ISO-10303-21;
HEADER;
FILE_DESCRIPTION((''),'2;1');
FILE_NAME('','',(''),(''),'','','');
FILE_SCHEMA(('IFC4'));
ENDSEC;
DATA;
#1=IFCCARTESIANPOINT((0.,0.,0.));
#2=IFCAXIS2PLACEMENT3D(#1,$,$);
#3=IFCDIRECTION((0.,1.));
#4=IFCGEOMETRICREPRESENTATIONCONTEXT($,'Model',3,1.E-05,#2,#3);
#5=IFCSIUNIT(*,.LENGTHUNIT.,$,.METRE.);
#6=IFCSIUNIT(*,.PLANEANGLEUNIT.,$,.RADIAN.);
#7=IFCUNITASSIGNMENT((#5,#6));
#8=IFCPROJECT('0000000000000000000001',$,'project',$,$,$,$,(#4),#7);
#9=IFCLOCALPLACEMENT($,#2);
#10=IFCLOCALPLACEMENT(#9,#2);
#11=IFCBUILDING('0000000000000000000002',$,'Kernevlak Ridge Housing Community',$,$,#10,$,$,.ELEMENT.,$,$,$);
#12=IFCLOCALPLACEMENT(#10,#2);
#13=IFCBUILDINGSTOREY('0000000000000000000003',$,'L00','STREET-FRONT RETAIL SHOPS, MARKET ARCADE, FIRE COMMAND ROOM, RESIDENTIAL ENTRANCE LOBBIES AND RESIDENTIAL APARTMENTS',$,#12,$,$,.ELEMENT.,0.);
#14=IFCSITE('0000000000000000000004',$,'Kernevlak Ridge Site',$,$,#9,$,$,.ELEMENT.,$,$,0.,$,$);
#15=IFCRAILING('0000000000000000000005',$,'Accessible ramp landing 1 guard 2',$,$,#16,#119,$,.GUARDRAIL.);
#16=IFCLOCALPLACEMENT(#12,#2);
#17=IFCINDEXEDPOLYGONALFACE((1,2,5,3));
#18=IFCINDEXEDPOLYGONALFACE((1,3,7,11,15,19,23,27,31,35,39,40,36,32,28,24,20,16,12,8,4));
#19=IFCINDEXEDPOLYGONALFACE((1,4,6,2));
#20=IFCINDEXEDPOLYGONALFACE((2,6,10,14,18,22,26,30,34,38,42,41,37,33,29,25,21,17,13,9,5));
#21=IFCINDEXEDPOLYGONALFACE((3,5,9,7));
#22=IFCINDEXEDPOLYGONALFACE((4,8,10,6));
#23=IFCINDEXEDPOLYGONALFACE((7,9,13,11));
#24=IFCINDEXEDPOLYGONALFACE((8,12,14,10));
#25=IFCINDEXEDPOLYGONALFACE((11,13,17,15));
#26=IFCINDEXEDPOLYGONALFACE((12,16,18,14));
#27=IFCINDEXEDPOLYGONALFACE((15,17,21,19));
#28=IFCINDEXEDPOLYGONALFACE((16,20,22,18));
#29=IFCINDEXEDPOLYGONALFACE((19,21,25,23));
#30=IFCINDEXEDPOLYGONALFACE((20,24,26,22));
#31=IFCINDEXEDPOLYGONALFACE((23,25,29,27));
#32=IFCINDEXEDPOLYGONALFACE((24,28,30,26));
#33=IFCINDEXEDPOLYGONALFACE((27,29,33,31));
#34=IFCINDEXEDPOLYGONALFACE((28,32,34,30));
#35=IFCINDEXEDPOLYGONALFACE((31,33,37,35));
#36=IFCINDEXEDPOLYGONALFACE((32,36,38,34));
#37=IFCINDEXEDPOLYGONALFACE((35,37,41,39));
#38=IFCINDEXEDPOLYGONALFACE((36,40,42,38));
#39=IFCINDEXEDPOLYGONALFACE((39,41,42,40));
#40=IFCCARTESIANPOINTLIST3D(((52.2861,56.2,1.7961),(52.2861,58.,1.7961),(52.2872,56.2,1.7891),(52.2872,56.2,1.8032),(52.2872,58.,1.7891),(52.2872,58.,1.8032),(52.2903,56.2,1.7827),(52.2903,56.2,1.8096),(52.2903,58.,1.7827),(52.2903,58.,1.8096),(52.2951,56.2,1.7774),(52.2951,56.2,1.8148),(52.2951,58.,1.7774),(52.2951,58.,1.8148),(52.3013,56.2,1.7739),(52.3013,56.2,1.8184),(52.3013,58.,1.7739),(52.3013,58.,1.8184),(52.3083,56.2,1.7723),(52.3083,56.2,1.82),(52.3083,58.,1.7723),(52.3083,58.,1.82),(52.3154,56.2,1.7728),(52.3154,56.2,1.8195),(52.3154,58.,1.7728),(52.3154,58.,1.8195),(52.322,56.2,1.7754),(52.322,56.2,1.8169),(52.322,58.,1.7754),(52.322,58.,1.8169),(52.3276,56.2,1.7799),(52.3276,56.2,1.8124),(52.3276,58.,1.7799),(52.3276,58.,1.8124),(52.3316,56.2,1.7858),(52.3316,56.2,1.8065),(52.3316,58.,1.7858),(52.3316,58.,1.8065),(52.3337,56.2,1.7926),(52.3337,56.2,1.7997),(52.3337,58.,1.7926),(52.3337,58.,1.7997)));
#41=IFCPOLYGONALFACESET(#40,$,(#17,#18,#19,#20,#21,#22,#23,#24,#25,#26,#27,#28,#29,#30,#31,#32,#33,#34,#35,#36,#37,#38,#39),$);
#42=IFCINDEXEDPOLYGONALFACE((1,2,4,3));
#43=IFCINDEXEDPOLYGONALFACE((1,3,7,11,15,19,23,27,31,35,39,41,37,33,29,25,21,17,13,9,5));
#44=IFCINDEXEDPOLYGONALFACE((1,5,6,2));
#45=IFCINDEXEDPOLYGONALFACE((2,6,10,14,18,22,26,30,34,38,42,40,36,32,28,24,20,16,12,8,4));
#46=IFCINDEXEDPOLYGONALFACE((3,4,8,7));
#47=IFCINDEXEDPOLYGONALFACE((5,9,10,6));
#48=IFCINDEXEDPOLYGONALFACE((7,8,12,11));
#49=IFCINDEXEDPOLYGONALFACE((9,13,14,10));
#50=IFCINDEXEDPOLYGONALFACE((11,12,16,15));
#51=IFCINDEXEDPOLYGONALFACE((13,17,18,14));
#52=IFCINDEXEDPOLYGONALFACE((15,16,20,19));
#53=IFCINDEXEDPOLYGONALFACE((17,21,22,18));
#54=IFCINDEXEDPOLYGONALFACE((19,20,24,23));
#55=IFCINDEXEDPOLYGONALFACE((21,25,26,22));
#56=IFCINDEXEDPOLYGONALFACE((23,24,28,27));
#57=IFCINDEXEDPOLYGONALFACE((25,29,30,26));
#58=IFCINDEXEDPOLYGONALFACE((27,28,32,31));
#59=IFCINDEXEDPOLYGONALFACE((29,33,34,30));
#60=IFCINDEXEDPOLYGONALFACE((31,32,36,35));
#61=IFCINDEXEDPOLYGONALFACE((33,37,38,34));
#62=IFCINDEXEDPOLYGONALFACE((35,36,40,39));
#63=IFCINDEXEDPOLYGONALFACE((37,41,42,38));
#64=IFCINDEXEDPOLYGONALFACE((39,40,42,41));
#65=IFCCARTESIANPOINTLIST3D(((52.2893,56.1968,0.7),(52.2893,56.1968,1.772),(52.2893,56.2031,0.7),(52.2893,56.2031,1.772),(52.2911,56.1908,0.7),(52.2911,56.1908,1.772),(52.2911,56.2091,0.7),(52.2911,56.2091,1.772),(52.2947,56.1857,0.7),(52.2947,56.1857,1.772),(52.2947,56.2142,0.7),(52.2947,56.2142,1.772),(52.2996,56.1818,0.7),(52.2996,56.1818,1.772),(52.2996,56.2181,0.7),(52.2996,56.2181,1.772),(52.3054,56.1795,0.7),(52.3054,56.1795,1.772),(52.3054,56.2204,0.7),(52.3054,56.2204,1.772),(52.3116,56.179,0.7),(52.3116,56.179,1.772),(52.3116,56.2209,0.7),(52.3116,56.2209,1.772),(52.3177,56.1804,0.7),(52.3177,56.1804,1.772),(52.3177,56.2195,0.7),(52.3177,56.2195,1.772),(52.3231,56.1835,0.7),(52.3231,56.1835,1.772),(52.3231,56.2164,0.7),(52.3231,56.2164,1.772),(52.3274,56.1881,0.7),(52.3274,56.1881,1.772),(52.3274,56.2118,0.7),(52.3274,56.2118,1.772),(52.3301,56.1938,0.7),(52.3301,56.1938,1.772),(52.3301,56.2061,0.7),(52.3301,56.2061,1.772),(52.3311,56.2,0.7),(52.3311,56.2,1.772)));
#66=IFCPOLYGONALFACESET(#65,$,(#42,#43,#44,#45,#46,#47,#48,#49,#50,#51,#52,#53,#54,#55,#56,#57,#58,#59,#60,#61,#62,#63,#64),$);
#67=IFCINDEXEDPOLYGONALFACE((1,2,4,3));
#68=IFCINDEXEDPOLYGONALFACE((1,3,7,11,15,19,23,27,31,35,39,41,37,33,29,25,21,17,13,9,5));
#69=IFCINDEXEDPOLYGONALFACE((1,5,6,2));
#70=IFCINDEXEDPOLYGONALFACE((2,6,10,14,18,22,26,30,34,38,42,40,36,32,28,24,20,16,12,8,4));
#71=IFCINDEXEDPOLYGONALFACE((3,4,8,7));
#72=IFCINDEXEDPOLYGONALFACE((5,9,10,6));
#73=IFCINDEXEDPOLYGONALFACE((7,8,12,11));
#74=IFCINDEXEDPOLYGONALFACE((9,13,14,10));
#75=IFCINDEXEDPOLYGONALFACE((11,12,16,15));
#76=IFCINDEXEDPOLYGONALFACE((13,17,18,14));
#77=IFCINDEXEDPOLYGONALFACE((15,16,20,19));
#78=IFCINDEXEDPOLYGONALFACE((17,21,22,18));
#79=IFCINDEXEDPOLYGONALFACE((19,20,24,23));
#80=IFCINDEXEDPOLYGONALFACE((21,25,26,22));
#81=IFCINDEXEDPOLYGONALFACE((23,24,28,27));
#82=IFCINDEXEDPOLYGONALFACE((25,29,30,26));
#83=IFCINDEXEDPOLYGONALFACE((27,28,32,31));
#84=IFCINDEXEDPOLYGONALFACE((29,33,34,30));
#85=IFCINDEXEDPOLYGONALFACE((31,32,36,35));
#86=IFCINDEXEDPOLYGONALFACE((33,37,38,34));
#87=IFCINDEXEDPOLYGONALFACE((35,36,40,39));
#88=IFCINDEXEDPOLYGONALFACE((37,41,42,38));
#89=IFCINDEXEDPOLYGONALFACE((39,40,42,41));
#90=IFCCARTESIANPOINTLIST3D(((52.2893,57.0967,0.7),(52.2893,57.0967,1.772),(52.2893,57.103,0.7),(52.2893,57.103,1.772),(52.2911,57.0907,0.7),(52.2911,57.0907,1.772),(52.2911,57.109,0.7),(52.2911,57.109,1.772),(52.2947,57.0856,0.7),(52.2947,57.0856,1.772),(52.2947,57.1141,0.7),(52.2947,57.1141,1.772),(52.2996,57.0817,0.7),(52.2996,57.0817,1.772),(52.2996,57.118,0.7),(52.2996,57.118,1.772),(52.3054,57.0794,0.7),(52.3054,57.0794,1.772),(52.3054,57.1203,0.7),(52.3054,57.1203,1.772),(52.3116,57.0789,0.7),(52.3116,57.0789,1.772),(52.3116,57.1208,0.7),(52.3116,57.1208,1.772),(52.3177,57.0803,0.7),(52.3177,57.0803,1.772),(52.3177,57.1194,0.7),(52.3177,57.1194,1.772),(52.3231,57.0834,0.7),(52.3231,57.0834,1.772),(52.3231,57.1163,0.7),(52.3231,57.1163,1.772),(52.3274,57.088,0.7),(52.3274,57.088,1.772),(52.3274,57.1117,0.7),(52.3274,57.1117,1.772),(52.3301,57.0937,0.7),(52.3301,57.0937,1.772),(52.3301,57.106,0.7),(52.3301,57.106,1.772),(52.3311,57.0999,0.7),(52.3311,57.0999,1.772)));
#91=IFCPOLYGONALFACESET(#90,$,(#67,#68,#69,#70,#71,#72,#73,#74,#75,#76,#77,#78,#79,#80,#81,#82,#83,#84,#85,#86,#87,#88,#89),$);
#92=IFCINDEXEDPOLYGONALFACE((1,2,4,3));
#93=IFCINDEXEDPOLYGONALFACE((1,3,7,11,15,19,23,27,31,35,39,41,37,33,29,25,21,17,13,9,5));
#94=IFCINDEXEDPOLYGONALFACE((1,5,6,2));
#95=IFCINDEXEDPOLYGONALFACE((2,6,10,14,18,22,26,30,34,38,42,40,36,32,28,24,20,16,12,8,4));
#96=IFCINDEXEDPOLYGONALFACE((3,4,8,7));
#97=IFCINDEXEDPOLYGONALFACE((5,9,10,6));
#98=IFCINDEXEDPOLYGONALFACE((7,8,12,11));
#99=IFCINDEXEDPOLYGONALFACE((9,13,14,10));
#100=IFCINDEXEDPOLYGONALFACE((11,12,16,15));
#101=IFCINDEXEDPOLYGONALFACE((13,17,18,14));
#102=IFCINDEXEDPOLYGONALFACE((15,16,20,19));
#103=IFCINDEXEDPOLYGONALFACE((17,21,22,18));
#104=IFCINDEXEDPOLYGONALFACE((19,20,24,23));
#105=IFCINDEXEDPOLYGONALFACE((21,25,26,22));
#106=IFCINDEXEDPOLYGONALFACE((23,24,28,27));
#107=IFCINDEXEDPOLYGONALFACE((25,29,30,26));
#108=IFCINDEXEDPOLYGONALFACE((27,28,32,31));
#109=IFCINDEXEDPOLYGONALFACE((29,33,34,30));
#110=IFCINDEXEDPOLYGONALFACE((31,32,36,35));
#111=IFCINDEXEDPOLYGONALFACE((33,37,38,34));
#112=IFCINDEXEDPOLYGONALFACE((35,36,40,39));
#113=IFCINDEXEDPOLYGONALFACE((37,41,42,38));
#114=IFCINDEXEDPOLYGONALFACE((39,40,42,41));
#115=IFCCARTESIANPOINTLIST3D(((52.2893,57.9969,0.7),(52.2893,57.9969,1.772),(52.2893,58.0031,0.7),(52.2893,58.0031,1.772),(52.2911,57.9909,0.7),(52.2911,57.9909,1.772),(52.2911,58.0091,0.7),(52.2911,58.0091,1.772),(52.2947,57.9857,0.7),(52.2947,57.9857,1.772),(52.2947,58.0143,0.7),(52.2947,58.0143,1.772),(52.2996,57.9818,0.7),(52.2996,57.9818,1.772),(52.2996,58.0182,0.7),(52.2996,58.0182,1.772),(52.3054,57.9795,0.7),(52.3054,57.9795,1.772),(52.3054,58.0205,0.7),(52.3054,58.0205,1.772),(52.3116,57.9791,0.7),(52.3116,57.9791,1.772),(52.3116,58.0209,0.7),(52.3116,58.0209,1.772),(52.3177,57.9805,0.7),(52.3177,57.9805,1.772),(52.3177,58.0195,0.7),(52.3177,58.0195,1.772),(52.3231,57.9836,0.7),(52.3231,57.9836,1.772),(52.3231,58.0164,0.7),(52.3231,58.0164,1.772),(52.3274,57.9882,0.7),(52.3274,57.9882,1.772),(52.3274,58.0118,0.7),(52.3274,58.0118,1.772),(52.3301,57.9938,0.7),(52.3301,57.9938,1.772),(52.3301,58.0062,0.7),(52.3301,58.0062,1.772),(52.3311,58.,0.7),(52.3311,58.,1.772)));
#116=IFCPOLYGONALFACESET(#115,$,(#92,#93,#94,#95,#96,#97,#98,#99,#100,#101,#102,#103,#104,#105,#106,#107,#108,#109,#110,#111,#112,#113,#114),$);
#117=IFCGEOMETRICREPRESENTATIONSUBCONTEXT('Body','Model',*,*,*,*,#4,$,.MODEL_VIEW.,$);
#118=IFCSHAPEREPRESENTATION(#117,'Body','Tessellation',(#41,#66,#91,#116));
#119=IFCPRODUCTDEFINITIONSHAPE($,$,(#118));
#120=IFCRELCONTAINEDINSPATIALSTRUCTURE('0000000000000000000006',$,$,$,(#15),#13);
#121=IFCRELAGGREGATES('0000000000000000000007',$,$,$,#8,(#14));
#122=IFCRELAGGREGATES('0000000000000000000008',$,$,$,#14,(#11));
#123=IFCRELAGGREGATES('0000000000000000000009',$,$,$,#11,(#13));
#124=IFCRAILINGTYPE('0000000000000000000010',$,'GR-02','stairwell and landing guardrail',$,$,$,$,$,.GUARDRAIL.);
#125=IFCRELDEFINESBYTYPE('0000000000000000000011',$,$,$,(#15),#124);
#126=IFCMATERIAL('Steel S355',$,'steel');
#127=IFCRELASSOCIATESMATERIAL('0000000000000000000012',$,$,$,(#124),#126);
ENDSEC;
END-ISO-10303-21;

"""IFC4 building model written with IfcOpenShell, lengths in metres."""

from ifc_helpers import new_model, si_unit, direction, frame, origin, origin_2d, place, context, subcontext, project, spatial, circle, extrude, material, type_object, element, save


model = new_model("IFC4")

# Units and contexts
model_context = context("Model", 3, precision=1e-05, world=origin(), true_north=direction((0.0, 1.0)))
body_context = subcontext(model_context, "Body", "Model", "MODEL_VIEW")
ifc_project = project(units=[si_unit("LENGTHUNIT", "METRE"), si_unit("PLANEANGLEUNIT", "RADIAN")], contexts=[model_context])

# Site, building, storey
site_placement = place(None, origin())
site = spatial("IfcSite", under=ifc_project, at=site_placement, Name="Kernevlak Ridge Site", CompositionType="ELEMENT", RefElevation=0.0)
building_placement = place(site_placement, origin())
building = spatial("IfcBuilding", under=site, at=building_placement, Name="Kernevlak Ridge Housing Community", CompositionType="ELEMENT")
storey_placement = place(building_placement, origin())
storey = spatial("IfcBuildingStorey", under=building, at=storey_placement, Name="L00", Description="STREET-FRONT RETAIL SHOPS, MARKET ARCADE, FIRE COMMAND ROOM, RESIDENTIAL ENTRANCE LOBBIES AND RESIDENTIAL APARTMENTS", CompositionType="ELEMENT", Elevation=0.0)

# Railing
ifc_material_1 = material(Name="Steel S355", Category="steel")
railing_type = type_object("IfcRailingType", Name="GR-02", Description="stairwell and landing guardrail", PredefinedType="GUARDRAIL", material=ifc_material_1)
for number, where, name in (
    (1, (52.3101, 56.2, 0.7), "Accessible ramp landing 1 guard 2"),
):
    element("IfcRailing", number, at=place(storey_placement, frame(where)), inside=storey, type_object=railing_type, Name=name, PredefinedType="GUARDRAIL", context=body_context, shape_type="SweptSolid", body=[
        extrude(circle(Radius=0.0239, at=origin_2d()), frame((0.0, 0.0, 1.0962), z_axis=(0.0, 1.0, 0.0), x_axis=(-1.0, 0.0, 0.0)), (0.0, 0.0, 1.0), 1.8),
        extrude(circle(Radius=0.021, at=origin_2d()), origin(), (0.0, 0.0, 1.0), 1.072),
        extrude(circle(Radius=0.021, at=origin_2d()), frame((0.0, 0.8999, 0.0)), (0.0, 0.0, 1.0), 1.072),
        extrude(circle(Radius=0.021, at=origin_2d()), frame((0.0, 1.8, 0.0)), (0.0, 0.0, 1.0), 1.072),
    ])

save(model, "model.ifc")
